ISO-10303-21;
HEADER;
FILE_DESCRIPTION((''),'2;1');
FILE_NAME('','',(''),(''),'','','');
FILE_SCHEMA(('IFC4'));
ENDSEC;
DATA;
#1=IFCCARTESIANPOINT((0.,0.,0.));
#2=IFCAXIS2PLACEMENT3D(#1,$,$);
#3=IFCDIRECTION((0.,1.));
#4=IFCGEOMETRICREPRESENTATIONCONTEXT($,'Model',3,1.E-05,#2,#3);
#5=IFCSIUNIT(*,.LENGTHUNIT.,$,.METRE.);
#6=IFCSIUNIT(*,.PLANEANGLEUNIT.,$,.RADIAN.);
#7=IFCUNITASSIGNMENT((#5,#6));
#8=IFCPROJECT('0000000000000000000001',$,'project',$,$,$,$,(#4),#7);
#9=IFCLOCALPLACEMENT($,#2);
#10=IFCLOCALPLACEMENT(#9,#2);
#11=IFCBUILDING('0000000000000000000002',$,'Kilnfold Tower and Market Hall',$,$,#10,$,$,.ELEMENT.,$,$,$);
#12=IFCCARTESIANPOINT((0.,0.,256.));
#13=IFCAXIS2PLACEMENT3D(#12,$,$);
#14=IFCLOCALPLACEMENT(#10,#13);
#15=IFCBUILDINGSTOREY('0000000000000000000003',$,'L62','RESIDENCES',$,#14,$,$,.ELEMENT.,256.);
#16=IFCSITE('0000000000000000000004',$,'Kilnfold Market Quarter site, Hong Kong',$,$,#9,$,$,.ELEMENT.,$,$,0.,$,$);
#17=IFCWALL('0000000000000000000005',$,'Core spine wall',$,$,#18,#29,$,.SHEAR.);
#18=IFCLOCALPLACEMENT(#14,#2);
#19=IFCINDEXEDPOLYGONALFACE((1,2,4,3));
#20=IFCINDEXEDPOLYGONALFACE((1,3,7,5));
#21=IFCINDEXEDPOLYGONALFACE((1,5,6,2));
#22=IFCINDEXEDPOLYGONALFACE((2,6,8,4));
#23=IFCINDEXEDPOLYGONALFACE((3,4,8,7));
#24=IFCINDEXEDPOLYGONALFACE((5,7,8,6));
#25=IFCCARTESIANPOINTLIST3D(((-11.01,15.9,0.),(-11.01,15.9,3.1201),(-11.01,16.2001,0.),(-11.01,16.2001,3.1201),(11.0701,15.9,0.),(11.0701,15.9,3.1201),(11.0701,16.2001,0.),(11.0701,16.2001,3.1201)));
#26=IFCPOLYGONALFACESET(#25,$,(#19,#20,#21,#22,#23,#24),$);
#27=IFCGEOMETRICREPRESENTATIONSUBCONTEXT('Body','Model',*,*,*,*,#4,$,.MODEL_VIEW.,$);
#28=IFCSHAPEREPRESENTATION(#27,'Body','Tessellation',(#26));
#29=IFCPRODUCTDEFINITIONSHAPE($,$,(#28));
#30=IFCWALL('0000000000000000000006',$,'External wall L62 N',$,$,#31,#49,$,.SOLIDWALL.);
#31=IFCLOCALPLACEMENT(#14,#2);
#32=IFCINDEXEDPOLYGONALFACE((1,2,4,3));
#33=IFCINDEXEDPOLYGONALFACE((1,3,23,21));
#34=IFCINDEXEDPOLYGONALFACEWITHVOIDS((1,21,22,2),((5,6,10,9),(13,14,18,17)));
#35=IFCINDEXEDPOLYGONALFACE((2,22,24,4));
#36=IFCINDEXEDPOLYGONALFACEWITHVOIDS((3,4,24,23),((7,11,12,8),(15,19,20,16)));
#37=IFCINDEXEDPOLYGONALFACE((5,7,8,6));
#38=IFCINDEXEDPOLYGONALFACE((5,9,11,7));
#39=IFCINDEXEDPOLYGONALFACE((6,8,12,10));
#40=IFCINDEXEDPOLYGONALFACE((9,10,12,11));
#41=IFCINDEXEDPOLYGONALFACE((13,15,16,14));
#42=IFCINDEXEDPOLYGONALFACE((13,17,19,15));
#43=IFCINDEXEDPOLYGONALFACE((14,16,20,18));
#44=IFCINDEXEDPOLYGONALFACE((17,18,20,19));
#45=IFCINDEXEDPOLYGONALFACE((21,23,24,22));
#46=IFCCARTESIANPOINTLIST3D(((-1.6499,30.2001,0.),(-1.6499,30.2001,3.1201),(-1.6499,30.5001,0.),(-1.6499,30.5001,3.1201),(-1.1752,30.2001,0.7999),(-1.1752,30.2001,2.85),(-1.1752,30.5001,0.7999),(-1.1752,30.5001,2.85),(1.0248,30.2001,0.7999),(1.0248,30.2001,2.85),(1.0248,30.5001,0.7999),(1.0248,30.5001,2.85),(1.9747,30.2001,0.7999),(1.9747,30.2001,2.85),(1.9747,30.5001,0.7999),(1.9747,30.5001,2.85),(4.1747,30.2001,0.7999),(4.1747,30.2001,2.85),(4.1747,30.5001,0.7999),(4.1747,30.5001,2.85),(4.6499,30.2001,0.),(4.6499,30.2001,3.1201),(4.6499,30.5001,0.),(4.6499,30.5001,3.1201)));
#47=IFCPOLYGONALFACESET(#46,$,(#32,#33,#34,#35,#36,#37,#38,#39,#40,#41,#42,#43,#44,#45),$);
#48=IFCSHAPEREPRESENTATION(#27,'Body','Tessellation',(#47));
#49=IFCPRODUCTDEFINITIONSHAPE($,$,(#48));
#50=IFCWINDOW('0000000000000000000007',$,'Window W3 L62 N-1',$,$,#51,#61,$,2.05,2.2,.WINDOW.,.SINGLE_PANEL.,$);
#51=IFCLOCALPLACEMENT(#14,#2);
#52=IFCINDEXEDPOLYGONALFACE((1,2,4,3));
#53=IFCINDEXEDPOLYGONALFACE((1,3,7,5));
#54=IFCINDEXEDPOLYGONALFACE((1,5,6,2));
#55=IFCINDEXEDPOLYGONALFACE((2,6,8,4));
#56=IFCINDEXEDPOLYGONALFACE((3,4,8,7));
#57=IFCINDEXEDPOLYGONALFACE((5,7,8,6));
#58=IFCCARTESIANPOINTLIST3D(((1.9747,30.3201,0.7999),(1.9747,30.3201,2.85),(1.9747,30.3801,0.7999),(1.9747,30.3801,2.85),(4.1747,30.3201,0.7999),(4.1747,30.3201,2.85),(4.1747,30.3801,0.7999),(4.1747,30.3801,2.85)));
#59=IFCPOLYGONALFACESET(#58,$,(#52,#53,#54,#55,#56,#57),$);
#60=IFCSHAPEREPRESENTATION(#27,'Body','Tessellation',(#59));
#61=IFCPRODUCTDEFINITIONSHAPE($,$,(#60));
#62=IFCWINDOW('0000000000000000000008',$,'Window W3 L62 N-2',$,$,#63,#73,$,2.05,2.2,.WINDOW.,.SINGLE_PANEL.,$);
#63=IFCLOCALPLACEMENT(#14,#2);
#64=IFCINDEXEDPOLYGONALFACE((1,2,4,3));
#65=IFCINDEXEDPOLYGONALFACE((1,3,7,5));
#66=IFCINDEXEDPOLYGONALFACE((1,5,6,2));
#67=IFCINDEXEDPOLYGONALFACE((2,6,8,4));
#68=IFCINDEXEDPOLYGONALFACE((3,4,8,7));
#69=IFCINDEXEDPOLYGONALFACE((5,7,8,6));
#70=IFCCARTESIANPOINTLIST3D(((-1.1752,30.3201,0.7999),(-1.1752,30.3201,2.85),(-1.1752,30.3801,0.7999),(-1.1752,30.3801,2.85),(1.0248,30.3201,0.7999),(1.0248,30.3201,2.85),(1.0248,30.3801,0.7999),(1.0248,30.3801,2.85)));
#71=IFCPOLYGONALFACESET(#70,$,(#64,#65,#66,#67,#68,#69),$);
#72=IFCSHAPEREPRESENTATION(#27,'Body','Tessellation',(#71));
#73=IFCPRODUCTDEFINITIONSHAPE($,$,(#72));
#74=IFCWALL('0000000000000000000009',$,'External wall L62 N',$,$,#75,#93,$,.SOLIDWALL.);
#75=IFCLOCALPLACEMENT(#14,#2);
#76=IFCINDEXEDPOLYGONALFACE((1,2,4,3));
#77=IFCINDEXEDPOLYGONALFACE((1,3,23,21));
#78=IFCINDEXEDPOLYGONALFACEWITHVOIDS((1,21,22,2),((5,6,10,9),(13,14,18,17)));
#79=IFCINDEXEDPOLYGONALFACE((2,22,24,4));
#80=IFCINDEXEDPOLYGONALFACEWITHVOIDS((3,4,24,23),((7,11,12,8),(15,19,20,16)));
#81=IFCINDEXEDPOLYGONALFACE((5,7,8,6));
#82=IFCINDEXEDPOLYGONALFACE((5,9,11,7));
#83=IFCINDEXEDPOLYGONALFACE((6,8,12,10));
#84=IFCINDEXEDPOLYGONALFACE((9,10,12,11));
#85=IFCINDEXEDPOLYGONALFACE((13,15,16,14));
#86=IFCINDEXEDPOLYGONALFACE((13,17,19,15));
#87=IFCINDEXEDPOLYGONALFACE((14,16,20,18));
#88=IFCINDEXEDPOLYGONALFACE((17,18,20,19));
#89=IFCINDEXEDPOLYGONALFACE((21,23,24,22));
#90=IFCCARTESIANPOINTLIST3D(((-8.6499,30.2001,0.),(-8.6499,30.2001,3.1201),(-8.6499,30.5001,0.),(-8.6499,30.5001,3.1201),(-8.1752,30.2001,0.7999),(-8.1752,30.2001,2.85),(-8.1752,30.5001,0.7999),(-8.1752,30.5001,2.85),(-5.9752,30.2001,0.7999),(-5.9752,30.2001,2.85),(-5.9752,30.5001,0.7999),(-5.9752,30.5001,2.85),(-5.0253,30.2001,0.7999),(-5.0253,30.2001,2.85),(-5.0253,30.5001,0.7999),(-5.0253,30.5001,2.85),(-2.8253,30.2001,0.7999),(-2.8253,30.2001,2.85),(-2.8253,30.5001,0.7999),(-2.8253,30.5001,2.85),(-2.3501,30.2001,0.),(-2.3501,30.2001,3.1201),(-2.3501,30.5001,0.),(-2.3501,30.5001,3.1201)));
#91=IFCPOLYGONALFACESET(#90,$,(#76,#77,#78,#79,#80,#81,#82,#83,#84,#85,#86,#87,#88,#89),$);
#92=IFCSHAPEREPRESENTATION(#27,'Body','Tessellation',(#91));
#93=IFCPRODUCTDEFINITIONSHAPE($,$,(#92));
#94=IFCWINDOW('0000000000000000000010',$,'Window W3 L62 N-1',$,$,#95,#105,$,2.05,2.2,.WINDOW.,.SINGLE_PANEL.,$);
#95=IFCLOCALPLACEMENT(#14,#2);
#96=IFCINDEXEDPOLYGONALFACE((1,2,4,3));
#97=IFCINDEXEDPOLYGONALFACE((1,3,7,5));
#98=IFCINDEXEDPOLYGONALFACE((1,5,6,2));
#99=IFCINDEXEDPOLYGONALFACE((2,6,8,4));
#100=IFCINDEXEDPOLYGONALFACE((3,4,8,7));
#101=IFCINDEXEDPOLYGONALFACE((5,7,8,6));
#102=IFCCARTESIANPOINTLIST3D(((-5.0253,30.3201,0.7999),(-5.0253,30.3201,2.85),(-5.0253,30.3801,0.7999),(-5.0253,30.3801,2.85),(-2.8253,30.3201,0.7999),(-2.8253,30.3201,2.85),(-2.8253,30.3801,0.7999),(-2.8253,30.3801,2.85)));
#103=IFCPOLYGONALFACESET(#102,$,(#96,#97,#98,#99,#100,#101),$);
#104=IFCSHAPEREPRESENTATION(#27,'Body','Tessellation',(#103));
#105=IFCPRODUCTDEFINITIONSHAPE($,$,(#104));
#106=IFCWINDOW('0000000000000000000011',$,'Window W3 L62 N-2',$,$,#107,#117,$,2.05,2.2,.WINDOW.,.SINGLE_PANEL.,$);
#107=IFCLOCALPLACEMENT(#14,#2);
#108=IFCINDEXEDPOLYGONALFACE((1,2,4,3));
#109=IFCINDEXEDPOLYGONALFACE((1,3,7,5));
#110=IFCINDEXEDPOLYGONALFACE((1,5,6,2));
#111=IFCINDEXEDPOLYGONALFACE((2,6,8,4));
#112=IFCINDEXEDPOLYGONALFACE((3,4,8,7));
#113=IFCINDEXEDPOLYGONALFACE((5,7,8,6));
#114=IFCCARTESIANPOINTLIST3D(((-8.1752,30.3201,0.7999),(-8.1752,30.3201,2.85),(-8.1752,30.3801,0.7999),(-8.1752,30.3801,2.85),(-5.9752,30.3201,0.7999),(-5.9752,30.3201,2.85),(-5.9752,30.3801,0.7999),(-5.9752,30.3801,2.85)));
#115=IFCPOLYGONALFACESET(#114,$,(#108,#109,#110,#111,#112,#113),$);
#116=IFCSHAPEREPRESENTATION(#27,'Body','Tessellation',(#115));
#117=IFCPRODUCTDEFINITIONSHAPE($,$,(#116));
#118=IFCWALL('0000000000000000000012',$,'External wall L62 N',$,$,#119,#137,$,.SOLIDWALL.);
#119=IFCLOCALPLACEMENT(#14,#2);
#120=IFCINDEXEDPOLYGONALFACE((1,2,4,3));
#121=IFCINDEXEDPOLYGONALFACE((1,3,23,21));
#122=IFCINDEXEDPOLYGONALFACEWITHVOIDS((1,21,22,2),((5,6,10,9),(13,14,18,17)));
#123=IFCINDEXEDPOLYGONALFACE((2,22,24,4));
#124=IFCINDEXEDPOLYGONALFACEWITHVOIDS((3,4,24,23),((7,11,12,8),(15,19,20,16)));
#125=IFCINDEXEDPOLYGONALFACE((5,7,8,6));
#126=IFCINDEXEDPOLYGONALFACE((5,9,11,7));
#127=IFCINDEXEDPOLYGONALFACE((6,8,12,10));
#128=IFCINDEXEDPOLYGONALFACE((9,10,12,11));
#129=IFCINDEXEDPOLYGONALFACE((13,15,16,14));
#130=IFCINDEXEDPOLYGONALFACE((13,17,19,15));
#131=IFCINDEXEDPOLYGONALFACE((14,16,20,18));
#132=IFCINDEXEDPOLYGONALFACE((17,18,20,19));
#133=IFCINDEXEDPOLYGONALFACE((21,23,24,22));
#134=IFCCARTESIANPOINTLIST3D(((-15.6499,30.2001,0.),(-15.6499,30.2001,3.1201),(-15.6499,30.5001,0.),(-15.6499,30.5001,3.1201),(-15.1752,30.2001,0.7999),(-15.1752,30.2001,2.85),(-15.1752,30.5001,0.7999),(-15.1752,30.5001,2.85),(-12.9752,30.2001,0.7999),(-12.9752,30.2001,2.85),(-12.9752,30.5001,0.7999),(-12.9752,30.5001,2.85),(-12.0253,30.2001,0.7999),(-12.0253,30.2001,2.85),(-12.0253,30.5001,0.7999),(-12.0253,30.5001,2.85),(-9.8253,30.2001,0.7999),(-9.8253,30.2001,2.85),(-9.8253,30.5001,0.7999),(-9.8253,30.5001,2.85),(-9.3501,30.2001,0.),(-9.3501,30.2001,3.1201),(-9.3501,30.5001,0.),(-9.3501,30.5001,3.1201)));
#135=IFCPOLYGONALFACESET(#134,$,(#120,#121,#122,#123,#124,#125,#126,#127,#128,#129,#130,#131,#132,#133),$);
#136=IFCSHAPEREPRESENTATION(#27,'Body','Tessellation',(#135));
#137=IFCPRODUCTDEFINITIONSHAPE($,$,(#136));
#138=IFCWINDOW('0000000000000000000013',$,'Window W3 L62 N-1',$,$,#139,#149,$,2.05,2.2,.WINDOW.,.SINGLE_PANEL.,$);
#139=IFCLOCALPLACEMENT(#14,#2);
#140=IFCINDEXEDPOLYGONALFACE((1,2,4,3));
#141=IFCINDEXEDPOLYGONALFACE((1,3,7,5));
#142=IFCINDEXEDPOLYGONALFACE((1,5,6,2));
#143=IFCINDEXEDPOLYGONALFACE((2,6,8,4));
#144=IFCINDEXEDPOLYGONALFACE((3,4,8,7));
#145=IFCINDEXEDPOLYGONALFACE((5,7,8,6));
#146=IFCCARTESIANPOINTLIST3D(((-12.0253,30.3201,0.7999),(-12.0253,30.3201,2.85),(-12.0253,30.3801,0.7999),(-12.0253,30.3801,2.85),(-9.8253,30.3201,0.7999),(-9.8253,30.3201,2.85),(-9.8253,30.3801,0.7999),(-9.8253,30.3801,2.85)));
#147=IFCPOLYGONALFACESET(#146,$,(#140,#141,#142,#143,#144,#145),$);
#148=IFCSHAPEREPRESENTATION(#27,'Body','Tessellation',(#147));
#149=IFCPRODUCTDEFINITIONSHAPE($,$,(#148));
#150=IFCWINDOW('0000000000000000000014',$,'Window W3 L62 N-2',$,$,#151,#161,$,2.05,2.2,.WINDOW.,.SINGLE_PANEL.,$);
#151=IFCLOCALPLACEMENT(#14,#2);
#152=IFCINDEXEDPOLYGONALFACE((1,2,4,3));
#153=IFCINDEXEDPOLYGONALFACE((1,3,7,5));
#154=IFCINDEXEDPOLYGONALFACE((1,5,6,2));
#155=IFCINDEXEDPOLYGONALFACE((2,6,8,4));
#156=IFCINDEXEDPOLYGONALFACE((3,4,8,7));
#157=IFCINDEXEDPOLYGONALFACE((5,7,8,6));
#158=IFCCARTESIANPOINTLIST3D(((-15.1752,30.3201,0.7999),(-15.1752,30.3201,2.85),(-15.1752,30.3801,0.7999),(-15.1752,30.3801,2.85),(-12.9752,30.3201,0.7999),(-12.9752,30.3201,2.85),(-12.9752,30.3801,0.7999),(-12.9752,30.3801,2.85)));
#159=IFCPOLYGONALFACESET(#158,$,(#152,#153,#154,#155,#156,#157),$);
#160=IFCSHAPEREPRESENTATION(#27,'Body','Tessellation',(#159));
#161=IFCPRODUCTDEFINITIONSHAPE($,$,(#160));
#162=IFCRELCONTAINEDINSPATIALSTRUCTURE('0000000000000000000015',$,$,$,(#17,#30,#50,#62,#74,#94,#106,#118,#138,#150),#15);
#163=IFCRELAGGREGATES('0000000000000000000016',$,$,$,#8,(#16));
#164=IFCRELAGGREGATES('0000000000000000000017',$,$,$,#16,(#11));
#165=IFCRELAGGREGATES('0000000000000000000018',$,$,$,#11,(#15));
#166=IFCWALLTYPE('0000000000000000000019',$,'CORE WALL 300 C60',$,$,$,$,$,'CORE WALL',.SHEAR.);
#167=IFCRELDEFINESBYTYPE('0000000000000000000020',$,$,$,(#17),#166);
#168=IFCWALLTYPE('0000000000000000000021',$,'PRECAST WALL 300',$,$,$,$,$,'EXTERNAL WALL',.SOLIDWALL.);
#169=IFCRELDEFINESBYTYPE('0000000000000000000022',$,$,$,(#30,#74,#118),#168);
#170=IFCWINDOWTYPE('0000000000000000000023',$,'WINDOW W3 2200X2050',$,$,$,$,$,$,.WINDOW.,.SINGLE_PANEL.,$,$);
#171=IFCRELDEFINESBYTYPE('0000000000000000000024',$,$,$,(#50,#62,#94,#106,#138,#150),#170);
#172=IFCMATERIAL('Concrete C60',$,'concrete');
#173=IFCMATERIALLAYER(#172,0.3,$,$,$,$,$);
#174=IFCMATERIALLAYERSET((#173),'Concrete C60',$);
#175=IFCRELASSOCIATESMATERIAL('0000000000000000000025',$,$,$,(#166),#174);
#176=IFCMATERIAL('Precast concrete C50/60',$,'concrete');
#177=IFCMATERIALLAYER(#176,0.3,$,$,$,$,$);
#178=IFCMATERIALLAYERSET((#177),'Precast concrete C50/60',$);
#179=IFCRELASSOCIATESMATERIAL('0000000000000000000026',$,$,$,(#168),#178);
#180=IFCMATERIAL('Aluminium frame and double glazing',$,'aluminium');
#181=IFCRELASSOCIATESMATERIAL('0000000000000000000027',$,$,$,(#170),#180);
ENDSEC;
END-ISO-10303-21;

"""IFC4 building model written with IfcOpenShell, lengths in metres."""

from ifc_helpers import new_model, si_unit, direction, frame, frame_2d, origin, place, context, subcontext, project, spatial, rectangle, extrude, source, transform, mapped, material, layer, layer_set, type_object, element, fill, save


model = new_model("IFC4")

# Units and contexts
model_context = context("Model", 3, precision=1e-05, world=origin(), true_north=direction((0.0, 1.0)))
body_context = subcontext(model_context, "Body", "Model", "MODEL_VIEW")
ifc_project = project(units=[si_unit("LENGTHUNIT", "METRE"), si_unit("PLANEANGLEUNIT", "RADIAN")], contexts=[model_context])

# Site, building, storey
site_placement = place(None, origin())
site = spatial("IfcSite", under=ifc_project, at=site_placement, Name="Kilnfold Market Quarter site, Hong Kong", CompositionType="ELEMENT", RefElevation=0.0)
building_placement = place(site_placement, origin())
building = spatial("IfcBuilding", under=site, at=building_placement, Name="Kilnfold Tower and Market Hall", CompositionType="ELEMENT")
storey_placement = place(building_placement, frame((0.0, 0.0, 256.0)))
storey = spatial("IfcBuildingStorey", under=building, at=storey_placement, Name="L62", Description="RESIDENCES", CompositionType="ELEMENT", Elevation=256.0)

# Wall
ifc_material_1 = material(Name="Concrete C60", Category="concrete")
ifc_layer_1 = layer(ifc_material_1, 0.3)
ifc_layer_set_1 = layer_set([ifc_layer_1], Name="Concrete C60")
wall_type_1 = type_object("IfcWallType", Name="CORE WALL 300 C60", ElementType="CORE WALL", PredefinedType="SHEAR", material=ifc_layer_set_1)
shared_shape_1 = source(origin(), body_context, "Body", "SweptSolid", [
    extrude(rectangle(XDim=22.0801, YDim=0.3, at=frame_2d((11.04, 0.0))), origin(), (0.0, 0.0, 1.0), 3.1201),
])
wall_1_placement = place(storey_placement, frame((-11.01, 16.05, 0.0), z_axis=(0.0, 0.0, 1.0), x_axis=(1.0, 0.0, 0.0)))
element("IfcWall", 1, at=wall_1_placement, inside=storey, type_object=wall_type_1, Name="Core spine wall", PredefinedType="SHEAR", context=body_context, shape_type="MappedRepresentation", body=[
    mapped(shared_shape_1, transform((0.0, 0.0, 0.0))),
])

# Walls, openings, windows
ifc_material_2 = material(Name="Precast concrete C50/60", Category="concrete")
ifc_layer_2 = layer(ifc_material_2, 0.3)
ifc_layer_set_2 = layer_set([ifc_layer_2], Name="Precast concrete C50/60")
wall_type_2 = type_object("IfcWallType", Name="PRECAST WALL 300", ElementType="EXTERNAL WALL", PredefinedType="SOLIDWALL", material=ifc_layer_set_2)
shared_shape_2 = source(origin(), body_context, "Body", "SweptSolid", [
    extrude(rectangle(XDim=6.2998, YDim=0.3, at=frame_2d((3.1499, 0.0))), origin(), (0.0, 0.0, 1.0), 3.1201),
])
wall_2_placement = place(storey_placement, frame((4.6499, 30.3501, 0.0), z_axis=(0.0, 0.0, 1.0), x_axis=(-1.0, 0.0, 0.0)))
wall_2 = element("IfcWall", 2, at=wall_2_placement, inside=storey, type_object=wall_type_2, Name="External wall L62 N", PredefinedType="SOLIDWALL", context=body_context, shape_type="MappedRepresentation", body=[
    mapped(shared_shape_2, transform((0.0, 0.0, 0.0))),
])
opening_1_placement = place(wall_2_placement, frame((0.4751, 0.0, 0.8)))
opening_1 = element("IfcOpeningElement", 3, at=opening_1_placement, cuts=wall_2, PredefinedType="OPENING", context=body_context, shape_type="SweptSolid", body=[
    extrude(rectangle(XDim=2.2, YDim=2.05, at=frame_2d((1.1001, 1.0249))), frame((0.0, 0.1602, 0.0), z_axis=(0.0, -1.0, 0.0), x_axis=(1.0, 0.0, 0.0)), (0.0, 0.0, 1.0), 0.3201),
])
opening_2_placement = place(wall_2_placement, frame((3.625, 0.0, 0.8)))
opening_2 = element("IfcOpeningElement", 4, at=opening_2_placement, cuts=wall_2, PredefinedType="OPENING", context=body_context, shape_type="SweptSolid", body=[
    extrude(rectangle(XDim=2.2, YDim=2.05, at=frame_2d((1.1001, 1.0249))), frame((0.0, 0.1602, 0.0), z_axis=(0.0, -1.0, 0.0), x_axis=(1.0, 0.0, 0.0)), (0.0, 0.0, 1.0), 0.3201),
])
ifc_material_3 = material(Name="Aluminium frame and double glazing", Category="aluminium")
window_type = type_object("IfcWindowType", Name="WINDOW W3 2200X2050", PartitioningType="SINGLE_PANEL", PredefinedType="WINDOW", material=ifc_material_3)
window_1_placement = place(opening_1_placement, origin())
window_1 = element("IfcWindow", 5, at=window_1_placement, inside=storey, type_object=window_type, Name="Window W3 L62 N-1", OverallHeight=2.05, OverallWidth=2.2, PartitioningType="SINGLE_PANEL", PredefinedType="WINDOW", context=body_context, shape_type="SweptSolid", body=[
    extrude(rectangle(XDim=2.2, YDim=2.05, at=frame_2d((1.1001, 1.0249))), frame((0.0, 0.03, 0.0), z_axis=(0.0, -1.0, 0.0), x_axis=(1.0, 0.0, 0.0)), (0.0, 0.0, 1.0), 0.0601),
])
fill(opening_1, window_1)
window_2_placement = place(opening_2_placement, origin())
window_2 = element("IfcWindow", 6, at=window_2_placement, inside=storey, type_object=window_type, Name="Window W3 L62 N-2", OverallHeight=2.05, OverallWidth=2.2, PartitioningType="SINGLE_PANEL", PredefinedType="WINDOW", context=body_context, shape_type="SweptSolid", body=[
    extrude(rectangle(XDim=2.2, YDim=2.05, at=frame_2d((1.1001, 1.0249))), frame((0.0, 0.03, 0.0), z_axis=(0.0, -1.0, 0.0), x_axis=(1.0, 0.0, 0.0)), (0.0, 0.0, 1.0), 0.0601),
])
fill(opening_2, window_2)
wall_3_placement = place(storey_placement, frame((-2.3501, 30.3501, 0.0), z_axis=(0.0, 0.0, 1.0), x_axis=(-1.0, 0.0, 0.0)))
wall_3 = element("IfcWall", 7, at=wall_3_placement, inside=storey, type_object=wall_type_2, Name="External wall L62 N", PredefinedType="SOLIDWALL", context=body_context, shape_type="MappedRepresentation", body=[
    mapped(shared_shape_2, transform((0.0, 0.0, 0.0))),
])
opening_3_placement = place(wall_3_placement, frame((0.4751, 0.0, 0.8)))
opening_3 = element("IfcOpeningElement", 8, at=opening_3_placement, cuts=wall_3, PredefinedType="OPENING", context=body_context, shape_type="SweptSolid", body=[
    extrude(rectangle(XDim=2.2, YDim=2.05, at=frame_2d((1.1001, 1.0249))), frame((0.0, 0.1602, 0.0), z_axis=(0.0, -1.0, 0.0), x_axis=(1.0, 0.0, 0.0)), (0.0, 0.0, 1.0), 0.3201),
])
opening_4_placement = place(wall_3_placement, frame((3.625, 0.0, 0.8)))
opening_4 = element("IfcOpeningElement", 9, at=opening_4_placement, cuts=wall_3, PredefinedType="OPENING", context=body_context, shape_type="SweptSolid", body=[
    extrude(rectangle(XDim=2.2, YDim=2.05, at=frame_2d((1.1001, 1.0249))), frame((0.0, 0.1602, 0.0), z_axis=(0.0, -1.0, 0.0), x_axis=(1.0, 0.0, 0.0)), (0.0, 0.0, 1.0), 0.3201),
])
window_3_placement = place(opening_3_placement, origin())
window_3 = element("IfcWindow", 10, at=window_3_placement, inside=storey, type_object=window_type, Name="Window W3 L62 N-1", OverallHeight=2.05, OverallWidth=2.2, PartitioningType="SINGLE_PANEL", PredefinedType="WINDOW", context=body_context, shape_type="SweptSolid", body=[
    extrude(rectangle(XDim=2.2, YDim=2.05, at=frame_2d((1.1001, 1.0249))), frame((0.0, 0.03, 0.0), z_axis=(0.0, -1.0, 0.0), x_axis=(1.0, 0.0, 0.0)), (0.0, 0.0, 1.0), 0.0601),
])
fill(opening_3, window_3)
window_4_placement = place(opening_4_placement, origin())
window_4 = element("IfcWindow", 11, at=window_4_placement, inside=storey, type_object=window_type, Name="Window W3 L62 N-2", OverallHeight=2.05, OverallWidth=2.2, PartitioningType="SINGLE_PANEL", PredefinedType="WINDOW", context=body_context, shape_type="SweptSolid", body=[
    extrude(rectangle(XDim=2.2, YDim=2.05, at=frame_2d((1.1001, 1.0249))), frame((0.0, 0.03, 0.0), z_axis=(0.0, -1.0, 0.0), x_axis=(1.0, 0.0, 0.0)), (0.0, 0.0, 1.0), 0.0601),
])
fill(opening_4, window_4)
wall_4_placement = place(storey_placement, frame((-9.3501, 30.3501, 0.0), z_axis=(0.0, 0.0, 1.0), x_axis=(-1.0, 0.0, 0.0)))
wall_4 = element("IfcWall", 12, at=wall_4_placement, inside=storey, type_object=wall_type_2, Name="External wall L62 N", PredefinedType="SOLIDWALL", context=body_context, shape_type="MappedRepresentation", body=[
    mapped(shared_shape_2, transform((0.0, 0.0, 0.0))),
])
opening_5_placement = place(wall_4_placement, frame((0.4751, 0.0, 0.8)))
opening_5 = element("IfcOpeningElement", 13, at=opening_5_placement, cuts=wall_4, PredefinedType="OPENING", context=body_context, shape_type="SweptSolid", body=[
    extrude(rectangle(XDim=2.2, YDim=2.05, at=frame_2d((1.1001, 1.0249))), frame((0.0, 0.1602, 0.0), z_axis=(0.0, -1.0, 0.0), x_axis=(1.0, 0.0, 0.0)), (0.0, 0.0, 1.0), 0.3201),
])
opening_6_placement = place(wall_4_placement, frame((3.625, 0.0, 0.8)))
opening_6 = element("IfcOpeningElement", 14, at=opening_6_placement, cuts=wall_4, PredefinedType="OPENING", context=body_context, shape_type="SweptSolid", body=[
    extrude(rectangle(XDim=2.2, YDim=2.05, at=frame_2d((1.1001, 1.0249))), frame((0.0, 0.1602, 0.0), z_axis=(0.0, -1.0, 0.0), x_axis=(1.0, 0.0, 0.0)), (0.0, 0.0, 1.0), 0.3201),
])
window_5_placement = place(opening_5_placement, origin())
window_5 = element("IfcWindow", 15, at=window_5_placement, inside=storey, type_object=window_type, Name="Window W3 L62 N-1", OverallHeight=2.05, OverallWidth=2.2, PartitioningType="SINGLE_PANEL", PredefinedType="WINDOW", context=body_context, shape_type="SweptSolid", body=[
    extrude(rectangle(XDim=2.2, YDim=2.05, at=frame_2d((1.1001, 1.0249))), frame((0.0, 0.03, 0.0), z_axis=(0.0, -1.0, 0.0), x_axis=(1.0, 0.0, 0.0)), (0.0, 0.0, 1.0), 0.0601),
])
fill(opening_5, window_5)
window_6_placement = place(opening_6_placement, origin())
window_6 = element("IfcWindow", 16, at=window_6_placement, inside=storey, type_object=window_type, Name="Window W3 L62 N-2", OverallHeight=2.05, OverallWidth=2.2, PartitioningType="SINGLE_PANEL", PredefinedType="WINDOW", context=body_context, shape_type="SweptSolid", body=[
    extrude(rectangle(XDim=2.2, YDim=2.05, at=frame_2d((1.1001, 1.0249))), frame((0.0, 0.03, 0.0), z_axis=(0.0, -1.0, 0.0), x_axis=(1.0, 0.0, 0.0)), (0.0, 0.0, 1.0), 0.0601),
])
fill(opening_6, window_6)

save(model, "model.ifc")
